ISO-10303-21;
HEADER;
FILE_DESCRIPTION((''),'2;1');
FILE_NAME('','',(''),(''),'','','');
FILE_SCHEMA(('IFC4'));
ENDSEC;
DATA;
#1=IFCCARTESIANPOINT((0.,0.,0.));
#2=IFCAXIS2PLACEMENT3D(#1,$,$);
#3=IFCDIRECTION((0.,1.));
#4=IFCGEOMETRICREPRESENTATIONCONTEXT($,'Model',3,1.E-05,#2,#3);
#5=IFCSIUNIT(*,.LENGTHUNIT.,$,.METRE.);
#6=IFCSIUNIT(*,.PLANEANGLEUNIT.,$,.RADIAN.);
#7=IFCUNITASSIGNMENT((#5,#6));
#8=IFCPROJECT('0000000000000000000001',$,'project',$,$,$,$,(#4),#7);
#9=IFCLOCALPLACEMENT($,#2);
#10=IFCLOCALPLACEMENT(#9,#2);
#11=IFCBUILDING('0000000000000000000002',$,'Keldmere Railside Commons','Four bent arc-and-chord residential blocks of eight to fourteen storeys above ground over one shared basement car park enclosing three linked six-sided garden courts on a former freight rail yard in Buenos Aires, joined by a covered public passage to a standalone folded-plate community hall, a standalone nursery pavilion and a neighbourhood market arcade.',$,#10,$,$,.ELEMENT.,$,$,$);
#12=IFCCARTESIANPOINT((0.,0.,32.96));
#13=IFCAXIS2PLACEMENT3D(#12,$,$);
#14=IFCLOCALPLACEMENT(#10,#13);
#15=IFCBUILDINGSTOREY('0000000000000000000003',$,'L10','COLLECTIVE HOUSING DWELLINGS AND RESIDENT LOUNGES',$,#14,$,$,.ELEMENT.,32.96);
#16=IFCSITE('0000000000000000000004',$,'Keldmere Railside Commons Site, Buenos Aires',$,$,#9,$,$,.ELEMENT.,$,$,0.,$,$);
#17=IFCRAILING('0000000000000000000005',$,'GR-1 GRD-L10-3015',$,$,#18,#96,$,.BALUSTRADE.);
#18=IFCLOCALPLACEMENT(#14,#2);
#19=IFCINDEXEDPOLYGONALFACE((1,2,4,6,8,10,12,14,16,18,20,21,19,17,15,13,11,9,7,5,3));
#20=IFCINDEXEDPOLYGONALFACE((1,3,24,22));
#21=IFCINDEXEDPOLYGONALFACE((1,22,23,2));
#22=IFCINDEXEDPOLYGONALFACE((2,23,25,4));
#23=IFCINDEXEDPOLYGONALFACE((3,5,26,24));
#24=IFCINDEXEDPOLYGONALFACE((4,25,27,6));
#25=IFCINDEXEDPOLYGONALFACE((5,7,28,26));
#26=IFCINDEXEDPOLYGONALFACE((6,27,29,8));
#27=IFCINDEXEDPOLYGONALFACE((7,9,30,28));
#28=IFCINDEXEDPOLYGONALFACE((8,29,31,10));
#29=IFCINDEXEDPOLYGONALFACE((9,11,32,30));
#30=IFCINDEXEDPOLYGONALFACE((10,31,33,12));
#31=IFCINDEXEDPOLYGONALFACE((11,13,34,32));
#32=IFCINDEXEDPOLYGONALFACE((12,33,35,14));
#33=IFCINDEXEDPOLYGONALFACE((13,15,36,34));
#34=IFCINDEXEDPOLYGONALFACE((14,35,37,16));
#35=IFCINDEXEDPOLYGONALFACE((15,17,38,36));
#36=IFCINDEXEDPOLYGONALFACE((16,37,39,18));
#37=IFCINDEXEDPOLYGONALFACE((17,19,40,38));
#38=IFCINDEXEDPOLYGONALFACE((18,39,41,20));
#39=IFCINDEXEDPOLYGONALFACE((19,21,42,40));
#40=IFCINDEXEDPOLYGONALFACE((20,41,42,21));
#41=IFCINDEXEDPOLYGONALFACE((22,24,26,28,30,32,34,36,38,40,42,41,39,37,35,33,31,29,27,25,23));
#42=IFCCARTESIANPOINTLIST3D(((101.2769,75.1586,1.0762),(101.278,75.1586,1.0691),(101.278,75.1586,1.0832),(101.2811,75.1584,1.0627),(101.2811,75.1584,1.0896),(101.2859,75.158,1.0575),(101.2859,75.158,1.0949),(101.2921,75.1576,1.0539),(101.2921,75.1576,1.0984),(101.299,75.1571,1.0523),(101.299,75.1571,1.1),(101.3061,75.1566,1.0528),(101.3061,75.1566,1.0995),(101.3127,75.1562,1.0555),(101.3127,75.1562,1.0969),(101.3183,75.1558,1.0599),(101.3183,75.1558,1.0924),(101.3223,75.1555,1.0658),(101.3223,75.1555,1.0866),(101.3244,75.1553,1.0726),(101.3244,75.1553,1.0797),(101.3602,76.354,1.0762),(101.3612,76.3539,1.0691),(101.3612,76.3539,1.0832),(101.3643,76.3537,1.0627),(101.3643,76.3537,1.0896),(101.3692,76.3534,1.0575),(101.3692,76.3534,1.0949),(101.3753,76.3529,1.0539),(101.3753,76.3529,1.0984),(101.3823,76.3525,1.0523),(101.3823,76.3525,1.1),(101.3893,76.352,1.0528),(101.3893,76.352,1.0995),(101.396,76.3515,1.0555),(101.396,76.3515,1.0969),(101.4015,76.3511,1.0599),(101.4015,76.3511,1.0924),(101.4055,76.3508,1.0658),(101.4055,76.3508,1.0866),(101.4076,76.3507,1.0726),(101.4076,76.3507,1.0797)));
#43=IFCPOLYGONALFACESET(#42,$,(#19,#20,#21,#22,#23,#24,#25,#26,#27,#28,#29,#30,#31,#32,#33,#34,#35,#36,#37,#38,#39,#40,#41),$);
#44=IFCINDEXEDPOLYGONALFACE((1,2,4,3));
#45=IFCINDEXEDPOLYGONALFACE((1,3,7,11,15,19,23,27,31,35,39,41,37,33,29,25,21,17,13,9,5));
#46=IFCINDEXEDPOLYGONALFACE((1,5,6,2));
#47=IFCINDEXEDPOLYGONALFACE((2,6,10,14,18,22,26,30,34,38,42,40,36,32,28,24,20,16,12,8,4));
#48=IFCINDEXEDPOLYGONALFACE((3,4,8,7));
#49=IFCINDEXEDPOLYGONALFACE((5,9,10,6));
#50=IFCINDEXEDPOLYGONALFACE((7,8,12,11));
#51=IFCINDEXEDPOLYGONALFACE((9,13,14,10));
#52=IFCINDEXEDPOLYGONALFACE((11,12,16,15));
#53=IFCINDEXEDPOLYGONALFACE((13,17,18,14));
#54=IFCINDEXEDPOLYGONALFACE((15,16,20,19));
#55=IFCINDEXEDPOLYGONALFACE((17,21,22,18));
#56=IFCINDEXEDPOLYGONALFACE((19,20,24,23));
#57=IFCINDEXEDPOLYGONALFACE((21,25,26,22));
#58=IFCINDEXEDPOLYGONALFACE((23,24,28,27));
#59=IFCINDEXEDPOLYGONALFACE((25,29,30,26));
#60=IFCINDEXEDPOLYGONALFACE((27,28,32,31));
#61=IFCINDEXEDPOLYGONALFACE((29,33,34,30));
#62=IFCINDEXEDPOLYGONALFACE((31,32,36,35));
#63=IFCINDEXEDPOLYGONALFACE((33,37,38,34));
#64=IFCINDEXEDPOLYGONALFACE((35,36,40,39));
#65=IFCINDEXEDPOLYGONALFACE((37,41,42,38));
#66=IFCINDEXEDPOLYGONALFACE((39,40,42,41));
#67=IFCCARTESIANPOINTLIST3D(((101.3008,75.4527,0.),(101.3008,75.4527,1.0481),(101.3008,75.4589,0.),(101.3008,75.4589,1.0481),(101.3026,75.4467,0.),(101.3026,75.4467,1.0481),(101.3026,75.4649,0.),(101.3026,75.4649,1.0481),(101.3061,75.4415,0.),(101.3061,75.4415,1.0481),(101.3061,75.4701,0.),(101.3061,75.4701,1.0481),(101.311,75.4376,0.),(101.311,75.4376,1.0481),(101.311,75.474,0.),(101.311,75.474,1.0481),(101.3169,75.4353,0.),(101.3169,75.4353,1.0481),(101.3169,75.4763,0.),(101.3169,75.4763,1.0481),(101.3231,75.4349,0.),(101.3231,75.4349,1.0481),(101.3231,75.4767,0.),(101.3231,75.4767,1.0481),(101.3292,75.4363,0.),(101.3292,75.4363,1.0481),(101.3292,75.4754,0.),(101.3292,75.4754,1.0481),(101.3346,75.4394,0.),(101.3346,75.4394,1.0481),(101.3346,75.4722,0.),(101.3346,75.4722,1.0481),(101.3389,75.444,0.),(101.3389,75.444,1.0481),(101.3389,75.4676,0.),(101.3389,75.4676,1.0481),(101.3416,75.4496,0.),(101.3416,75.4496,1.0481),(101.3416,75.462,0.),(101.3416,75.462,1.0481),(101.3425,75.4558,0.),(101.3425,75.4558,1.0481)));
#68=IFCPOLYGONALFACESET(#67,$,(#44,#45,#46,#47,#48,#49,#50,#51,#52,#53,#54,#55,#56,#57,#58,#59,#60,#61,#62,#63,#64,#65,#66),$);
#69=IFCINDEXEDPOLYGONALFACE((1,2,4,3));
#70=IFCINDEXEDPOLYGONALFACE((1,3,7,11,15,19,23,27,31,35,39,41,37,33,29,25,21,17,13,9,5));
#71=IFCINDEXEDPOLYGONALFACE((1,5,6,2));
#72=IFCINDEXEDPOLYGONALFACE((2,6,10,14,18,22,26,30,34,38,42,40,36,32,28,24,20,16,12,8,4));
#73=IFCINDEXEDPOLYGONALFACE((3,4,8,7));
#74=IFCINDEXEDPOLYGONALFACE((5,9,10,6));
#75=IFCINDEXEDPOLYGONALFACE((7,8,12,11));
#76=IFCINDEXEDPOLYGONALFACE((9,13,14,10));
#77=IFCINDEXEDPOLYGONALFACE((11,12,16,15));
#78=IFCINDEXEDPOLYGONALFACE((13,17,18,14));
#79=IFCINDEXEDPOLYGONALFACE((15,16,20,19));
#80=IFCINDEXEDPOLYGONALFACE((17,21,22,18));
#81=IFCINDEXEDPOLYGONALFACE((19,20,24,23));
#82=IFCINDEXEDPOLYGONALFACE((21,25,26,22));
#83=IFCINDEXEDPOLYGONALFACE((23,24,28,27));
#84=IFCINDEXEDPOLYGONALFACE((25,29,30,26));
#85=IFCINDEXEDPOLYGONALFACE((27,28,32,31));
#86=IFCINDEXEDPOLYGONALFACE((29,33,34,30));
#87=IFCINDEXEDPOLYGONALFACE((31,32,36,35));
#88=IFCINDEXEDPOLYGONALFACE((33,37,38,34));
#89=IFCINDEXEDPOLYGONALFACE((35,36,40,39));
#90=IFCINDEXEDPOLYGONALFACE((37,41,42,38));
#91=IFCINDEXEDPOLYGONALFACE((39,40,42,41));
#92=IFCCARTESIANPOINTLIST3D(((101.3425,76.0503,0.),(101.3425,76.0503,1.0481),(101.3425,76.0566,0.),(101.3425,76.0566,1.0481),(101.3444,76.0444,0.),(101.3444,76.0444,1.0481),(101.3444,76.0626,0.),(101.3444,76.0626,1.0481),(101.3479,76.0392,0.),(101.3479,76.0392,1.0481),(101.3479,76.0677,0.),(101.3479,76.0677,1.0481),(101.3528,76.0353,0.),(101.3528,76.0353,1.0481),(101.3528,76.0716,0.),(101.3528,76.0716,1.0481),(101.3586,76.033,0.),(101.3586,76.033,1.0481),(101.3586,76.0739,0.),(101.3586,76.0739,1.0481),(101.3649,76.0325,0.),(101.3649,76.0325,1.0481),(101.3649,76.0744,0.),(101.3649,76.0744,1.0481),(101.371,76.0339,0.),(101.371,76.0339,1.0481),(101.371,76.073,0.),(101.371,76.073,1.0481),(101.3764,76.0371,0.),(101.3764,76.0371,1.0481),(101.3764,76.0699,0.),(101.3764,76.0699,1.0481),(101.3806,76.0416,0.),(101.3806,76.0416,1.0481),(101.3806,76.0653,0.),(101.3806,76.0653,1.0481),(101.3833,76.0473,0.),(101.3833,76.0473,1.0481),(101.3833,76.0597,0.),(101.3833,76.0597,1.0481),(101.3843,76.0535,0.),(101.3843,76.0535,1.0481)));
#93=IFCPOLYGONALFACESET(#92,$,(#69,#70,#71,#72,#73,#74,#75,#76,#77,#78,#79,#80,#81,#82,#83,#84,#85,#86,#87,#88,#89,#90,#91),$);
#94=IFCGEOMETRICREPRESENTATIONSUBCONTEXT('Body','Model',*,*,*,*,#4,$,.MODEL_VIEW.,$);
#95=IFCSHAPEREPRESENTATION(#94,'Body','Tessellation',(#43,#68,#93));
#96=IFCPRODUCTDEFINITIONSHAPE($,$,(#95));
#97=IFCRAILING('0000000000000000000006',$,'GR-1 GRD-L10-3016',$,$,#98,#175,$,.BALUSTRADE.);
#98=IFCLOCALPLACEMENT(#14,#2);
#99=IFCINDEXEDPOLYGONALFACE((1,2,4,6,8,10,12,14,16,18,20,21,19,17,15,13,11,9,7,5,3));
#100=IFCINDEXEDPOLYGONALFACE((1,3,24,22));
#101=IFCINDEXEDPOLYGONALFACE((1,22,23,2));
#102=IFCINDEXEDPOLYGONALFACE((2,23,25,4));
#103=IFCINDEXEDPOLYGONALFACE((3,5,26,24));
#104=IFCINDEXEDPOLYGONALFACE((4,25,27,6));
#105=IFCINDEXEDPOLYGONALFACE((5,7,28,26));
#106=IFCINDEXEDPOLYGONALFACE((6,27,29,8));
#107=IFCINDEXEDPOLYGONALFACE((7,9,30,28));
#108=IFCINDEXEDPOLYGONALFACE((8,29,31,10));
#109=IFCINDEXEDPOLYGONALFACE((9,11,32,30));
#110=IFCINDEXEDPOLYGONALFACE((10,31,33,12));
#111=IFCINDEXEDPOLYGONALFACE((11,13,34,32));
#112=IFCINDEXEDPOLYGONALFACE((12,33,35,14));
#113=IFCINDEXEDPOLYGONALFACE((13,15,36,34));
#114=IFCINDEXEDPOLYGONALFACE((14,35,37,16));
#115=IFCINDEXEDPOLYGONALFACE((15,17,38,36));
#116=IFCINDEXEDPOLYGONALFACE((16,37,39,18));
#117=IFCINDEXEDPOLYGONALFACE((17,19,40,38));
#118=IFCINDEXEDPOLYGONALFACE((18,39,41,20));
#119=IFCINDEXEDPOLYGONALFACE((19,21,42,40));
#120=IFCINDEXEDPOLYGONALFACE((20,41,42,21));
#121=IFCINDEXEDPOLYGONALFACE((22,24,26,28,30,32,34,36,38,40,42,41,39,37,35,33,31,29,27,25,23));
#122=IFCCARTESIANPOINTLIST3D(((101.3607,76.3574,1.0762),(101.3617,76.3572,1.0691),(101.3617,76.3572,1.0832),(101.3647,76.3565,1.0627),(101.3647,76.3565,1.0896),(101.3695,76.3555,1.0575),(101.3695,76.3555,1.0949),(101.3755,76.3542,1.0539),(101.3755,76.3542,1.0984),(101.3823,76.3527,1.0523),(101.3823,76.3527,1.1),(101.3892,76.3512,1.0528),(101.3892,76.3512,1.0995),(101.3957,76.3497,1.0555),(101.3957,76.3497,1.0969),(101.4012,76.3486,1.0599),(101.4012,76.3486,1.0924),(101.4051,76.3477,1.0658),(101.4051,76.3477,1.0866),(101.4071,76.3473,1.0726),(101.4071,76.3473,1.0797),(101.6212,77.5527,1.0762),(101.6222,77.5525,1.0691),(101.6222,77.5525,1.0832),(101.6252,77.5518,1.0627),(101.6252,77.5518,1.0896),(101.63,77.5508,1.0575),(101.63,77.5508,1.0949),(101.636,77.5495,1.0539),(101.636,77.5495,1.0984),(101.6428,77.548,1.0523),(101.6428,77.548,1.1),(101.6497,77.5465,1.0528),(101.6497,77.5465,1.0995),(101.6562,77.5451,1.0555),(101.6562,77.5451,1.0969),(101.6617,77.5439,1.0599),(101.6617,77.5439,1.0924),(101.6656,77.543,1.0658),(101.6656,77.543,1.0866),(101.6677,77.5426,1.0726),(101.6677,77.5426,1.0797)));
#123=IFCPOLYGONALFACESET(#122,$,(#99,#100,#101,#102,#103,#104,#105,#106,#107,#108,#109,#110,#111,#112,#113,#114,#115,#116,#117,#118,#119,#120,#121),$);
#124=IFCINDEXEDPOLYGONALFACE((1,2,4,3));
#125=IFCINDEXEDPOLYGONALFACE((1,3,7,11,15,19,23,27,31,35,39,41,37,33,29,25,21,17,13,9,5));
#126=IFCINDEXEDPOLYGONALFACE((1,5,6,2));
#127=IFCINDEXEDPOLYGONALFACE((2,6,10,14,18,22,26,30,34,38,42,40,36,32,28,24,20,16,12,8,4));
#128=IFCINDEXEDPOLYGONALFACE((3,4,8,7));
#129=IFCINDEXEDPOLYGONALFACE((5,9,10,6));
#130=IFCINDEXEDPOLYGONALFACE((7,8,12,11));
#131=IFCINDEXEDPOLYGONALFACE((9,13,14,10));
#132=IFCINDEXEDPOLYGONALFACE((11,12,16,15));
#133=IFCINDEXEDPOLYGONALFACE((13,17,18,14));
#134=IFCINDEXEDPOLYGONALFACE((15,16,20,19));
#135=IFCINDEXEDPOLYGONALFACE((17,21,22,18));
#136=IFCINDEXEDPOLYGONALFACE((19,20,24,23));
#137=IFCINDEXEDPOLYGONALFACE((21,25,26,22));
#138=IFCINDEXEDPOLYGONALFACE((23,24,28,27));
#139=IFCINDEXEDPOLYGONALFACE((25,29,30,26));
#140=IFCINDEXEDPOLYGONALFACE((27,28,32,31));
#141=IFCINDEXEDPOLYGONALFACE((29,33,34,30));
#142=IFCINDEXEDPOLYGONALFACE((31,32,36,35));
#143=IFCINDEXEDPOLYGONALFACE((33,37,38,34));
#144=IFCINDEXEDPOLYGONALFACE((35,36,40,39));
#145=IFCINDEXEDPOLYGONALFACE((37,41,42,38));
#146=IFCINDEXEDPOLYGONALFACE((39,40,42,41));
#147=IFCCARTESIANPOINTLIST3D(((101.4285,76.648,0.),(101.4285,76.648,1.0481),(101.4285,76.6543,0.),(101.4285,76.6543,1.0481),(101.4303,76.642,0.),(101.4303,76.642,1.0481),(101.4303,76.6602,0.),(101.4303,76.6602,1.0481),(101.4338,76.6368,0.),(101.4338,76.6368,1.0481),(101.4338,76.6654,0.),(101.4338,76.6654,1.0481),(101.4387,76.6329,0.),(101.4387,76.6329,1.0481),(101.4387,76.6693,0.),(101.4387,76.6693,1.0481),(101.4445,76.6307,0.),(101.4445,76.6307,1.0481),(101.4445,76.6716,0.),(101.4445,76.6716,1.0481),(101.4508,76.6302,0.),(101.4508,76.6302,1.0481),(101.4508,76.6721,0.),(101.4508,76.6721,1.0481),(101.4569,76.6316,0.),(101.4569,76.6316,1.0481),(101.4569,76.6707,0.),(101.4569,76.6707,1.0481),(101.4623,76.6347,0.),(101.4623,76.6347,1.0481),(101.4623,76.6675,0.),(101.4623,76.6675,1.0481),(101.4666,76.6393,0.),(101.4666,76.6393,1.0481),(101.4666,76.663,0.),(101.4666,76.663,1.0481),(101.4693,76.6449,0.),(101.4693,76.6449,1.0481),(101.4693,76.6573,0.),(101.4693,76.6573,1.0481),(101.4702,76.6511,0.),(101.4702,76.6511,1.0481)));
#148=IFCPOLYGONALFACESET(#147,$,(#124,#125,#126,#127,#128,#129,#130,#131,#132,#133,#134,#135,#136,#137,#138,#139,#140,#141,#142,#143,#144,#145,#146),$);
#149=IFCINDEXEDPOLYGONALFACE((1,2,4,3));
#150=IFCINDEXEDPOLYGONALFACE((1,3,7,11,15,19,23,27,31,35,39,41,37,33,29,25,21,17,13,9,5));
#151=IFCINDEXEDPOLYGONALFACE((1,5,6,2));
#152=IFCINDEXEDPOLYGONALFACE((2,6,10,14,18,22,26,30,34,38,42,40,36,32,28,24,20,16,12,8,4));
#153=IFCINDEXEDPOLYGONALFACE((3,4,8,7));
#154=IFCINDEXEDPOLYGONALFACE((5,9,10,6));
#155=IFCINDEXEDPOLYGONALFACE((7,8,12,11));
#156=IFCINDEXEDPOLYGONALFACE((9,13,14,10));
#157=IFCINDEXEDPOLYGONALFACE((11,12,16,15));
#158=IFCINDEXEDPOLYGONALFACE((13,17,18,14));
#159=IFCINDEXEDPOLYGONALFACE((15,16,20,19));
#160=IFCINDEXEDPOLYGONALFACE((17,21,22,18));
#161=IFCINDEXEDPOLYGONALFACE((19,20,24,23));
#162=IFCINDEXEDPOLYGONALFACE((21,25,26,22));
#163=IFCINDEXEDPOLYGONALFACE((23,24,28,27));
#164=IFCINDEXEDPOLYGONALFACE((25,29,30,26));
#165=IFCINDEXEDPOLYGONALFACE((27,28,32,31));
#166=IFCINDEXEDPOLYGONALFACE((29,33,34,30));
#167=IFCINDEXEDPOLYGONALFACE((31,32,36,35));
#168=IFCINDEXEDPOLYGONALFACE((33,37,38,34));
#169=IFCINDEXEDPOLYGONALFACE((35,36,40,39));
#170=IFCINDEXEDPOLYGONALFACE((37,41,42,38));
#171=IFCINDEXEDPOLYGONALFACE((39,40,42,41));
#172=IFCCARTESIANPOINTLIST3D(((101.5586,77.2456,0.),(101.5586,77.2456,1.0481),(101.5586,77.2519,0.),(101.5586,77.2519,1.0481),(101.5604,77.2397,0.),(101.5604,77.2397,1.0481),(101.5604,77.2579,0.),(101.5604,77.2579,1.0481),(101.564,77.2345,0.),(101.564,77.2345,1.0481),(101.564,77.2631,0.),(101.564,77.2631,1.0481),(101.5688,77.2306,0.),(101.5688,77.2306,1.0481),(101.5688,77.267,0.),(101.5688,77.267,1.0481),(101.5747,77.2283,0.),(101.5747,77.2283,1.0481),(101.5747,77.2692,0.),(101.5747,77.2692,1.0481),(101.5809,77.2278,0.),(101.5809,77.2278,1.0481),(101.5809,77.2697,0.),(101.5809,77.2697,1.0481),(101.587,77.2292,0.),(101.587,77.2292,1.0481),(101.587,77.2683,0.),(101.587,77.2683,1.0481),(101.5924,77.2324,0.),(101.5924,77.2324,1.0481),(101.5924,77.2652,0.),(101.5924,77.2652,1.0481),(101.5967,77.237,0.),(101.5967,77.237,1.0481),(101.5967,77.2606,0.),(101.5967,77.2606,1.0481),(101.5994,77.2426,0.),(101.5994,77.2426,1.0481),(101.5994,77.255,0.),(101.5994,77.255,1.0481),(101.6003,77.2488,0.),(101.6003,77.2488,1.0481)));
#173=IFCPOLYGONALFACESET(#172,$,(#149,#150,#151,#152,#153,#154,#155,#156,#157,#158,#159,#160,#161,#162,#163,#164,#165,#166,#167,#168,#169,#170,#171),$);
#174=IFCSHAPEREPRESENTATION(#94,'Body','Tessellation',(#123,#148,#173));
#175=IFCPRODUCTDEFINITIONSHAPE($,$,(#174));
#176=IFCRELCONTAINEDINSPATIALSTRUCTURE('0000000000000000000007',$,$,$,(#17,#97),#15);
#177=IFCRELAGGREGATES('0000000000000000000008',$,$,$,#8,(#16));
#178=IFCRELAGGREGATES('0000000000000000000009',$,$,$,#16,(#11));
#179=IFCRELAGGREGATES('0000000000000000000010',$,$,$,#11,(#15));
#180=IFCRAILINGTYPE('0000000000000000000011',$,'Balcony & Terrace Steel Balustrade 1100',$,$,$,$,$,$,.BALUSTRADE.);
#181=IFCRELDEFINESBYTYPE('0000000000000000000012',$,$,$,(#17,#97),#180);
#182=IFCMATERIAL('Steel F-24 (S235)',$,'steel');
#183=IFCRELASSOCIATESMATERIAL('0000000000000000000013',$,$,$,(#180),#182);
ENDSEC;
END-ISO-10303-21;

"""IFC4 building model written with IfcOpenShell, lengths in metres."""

from ifc_helpers import new_model, si_unit, direction, frame, origin, origin_2d, place, context, subcontext, project, spatial, circle, extrude, material, type_object, element, save


model = new_model("IFC4")

# Units and contexts
model_context = context("Model", 3, precision=1e-05, world=origin(), true_north=direction((0.0, 1.0)))
body_context = subcontext(model_context, "Body", "Model", "MODEL_VIEW")
ifc_project = project(units=[si_unit("LENGTHUNIT", "METRE"), si_unit("PLANEANGLEUNIT", "RADIAN")], contexts=[model_context])

# Site, building, storey
site_placement = place(None, origin())
site = spatial("IfcSite", under=ifc_project, at=site_placement, Name="Keldmere Railside Commons Site, Buenos Aires", CompositionType="ELEMENT", RefElevation=0.0)
building_placement = place(site_placement, origin())
building = spatial("IfcBuilding", under=site, at=building_placement, Name="Keldmere Railside Commons", Description="Four bent arc-and-chord residential blocks of eight to fourteen storeys above ground over one shared basement car park enclosing three linked six-sided garden courts on a former freight rail yard in Buenos Aires, joined by a covered public passage to a standalone folded-plate community hall, a standalone nursery pavilion and a neighbourhood market arcade.", CompositionType="ELEMENT")
storey_placement = place(building_placement, frame((0.0, 0.0, 32.96)))
storey = spatial("IfcBuildingStorey", under=building, at=storey_placement, Name="L10", Description="COLLECTIVE HOUSING DWELLINGS AND RESIDENT LOUNGES", CompositionType="ELEMENT", Elevation=32.96)

# Railings
ifc_material_1 = material(Name="Steel F-24 (S235)", Category="steel")
railing_type = type_object("IfcRailingType", Name="Balcony & Terrace Steel Balustrade 1100", PredefinedType="BALUSTRADE", material=ifc_material_1)
railing_1_placement = place(storey_placement, frame((101.3008, 75.157, 0.0)))
element("IfcRailing", 1, at=railing_1_placement, inside=storey, type_object=railing_type, Name="GR-1 GRD-L10-3015", PredefinedType="BALUSTRADE", context=body_context, shape_type="SweptSolid", body=[
    extrude(circle(Radius=0.0239, at=origin_2d()), frame((0.0, 0.0, 1.0762), z_axis=(0.06948, 0.997583, 0.0), x_axis=(-0.997583, 0.06948, 0.0)), (0.0, 0.0, 1.0), 1.1982),
    extrude(circle(Radius=0.021, at=origin_2d()), frame((0.0208, 0.2988, 0.0)), (0.0, 0.0, 1.0), 1.0481),
    extrude(circle(Radius=0.021, at=origin_2d()), frame((0.0625, 0.8965, 0.0)), (0.0, 0.0, 1.0), 1.0481),
])
railing_2_placement = place(storey_placement, frame((101.384, 76.3523, 0.0)))
element("IfcRailing", 2, at=railing_2_placement, inside=storey, type_object=railing_type, Name="GR-1 GRD-L10-3016", PredefinedType="BALUSTRADE", context=body_context, shape_type="SweptSolid", body=[
    extrude(circle(Radius=0.0239, at=origin_2d()), frame((0.0, 0.0, 1.0762), z_axis=(0.212935, 0.977066, 0.0), x_axis=(-0.977066, 0.212935, 0.0)), (0.0, 0.0, 1.0), 1.2234),
    extrude(circle(Radius=0.021, at=origin_2d()), frame((0.0652, 0.2988, 0.0)), (0.0, 0.0, 1.0), 1.0481),
    extrude(circle(Radius=0.021, at=origin_2d()), frame((0.1953, 0.8965, 0.0)), (0.0, 0.0, 1.0), 1.0481),
])

save(model, "model.ifc")
